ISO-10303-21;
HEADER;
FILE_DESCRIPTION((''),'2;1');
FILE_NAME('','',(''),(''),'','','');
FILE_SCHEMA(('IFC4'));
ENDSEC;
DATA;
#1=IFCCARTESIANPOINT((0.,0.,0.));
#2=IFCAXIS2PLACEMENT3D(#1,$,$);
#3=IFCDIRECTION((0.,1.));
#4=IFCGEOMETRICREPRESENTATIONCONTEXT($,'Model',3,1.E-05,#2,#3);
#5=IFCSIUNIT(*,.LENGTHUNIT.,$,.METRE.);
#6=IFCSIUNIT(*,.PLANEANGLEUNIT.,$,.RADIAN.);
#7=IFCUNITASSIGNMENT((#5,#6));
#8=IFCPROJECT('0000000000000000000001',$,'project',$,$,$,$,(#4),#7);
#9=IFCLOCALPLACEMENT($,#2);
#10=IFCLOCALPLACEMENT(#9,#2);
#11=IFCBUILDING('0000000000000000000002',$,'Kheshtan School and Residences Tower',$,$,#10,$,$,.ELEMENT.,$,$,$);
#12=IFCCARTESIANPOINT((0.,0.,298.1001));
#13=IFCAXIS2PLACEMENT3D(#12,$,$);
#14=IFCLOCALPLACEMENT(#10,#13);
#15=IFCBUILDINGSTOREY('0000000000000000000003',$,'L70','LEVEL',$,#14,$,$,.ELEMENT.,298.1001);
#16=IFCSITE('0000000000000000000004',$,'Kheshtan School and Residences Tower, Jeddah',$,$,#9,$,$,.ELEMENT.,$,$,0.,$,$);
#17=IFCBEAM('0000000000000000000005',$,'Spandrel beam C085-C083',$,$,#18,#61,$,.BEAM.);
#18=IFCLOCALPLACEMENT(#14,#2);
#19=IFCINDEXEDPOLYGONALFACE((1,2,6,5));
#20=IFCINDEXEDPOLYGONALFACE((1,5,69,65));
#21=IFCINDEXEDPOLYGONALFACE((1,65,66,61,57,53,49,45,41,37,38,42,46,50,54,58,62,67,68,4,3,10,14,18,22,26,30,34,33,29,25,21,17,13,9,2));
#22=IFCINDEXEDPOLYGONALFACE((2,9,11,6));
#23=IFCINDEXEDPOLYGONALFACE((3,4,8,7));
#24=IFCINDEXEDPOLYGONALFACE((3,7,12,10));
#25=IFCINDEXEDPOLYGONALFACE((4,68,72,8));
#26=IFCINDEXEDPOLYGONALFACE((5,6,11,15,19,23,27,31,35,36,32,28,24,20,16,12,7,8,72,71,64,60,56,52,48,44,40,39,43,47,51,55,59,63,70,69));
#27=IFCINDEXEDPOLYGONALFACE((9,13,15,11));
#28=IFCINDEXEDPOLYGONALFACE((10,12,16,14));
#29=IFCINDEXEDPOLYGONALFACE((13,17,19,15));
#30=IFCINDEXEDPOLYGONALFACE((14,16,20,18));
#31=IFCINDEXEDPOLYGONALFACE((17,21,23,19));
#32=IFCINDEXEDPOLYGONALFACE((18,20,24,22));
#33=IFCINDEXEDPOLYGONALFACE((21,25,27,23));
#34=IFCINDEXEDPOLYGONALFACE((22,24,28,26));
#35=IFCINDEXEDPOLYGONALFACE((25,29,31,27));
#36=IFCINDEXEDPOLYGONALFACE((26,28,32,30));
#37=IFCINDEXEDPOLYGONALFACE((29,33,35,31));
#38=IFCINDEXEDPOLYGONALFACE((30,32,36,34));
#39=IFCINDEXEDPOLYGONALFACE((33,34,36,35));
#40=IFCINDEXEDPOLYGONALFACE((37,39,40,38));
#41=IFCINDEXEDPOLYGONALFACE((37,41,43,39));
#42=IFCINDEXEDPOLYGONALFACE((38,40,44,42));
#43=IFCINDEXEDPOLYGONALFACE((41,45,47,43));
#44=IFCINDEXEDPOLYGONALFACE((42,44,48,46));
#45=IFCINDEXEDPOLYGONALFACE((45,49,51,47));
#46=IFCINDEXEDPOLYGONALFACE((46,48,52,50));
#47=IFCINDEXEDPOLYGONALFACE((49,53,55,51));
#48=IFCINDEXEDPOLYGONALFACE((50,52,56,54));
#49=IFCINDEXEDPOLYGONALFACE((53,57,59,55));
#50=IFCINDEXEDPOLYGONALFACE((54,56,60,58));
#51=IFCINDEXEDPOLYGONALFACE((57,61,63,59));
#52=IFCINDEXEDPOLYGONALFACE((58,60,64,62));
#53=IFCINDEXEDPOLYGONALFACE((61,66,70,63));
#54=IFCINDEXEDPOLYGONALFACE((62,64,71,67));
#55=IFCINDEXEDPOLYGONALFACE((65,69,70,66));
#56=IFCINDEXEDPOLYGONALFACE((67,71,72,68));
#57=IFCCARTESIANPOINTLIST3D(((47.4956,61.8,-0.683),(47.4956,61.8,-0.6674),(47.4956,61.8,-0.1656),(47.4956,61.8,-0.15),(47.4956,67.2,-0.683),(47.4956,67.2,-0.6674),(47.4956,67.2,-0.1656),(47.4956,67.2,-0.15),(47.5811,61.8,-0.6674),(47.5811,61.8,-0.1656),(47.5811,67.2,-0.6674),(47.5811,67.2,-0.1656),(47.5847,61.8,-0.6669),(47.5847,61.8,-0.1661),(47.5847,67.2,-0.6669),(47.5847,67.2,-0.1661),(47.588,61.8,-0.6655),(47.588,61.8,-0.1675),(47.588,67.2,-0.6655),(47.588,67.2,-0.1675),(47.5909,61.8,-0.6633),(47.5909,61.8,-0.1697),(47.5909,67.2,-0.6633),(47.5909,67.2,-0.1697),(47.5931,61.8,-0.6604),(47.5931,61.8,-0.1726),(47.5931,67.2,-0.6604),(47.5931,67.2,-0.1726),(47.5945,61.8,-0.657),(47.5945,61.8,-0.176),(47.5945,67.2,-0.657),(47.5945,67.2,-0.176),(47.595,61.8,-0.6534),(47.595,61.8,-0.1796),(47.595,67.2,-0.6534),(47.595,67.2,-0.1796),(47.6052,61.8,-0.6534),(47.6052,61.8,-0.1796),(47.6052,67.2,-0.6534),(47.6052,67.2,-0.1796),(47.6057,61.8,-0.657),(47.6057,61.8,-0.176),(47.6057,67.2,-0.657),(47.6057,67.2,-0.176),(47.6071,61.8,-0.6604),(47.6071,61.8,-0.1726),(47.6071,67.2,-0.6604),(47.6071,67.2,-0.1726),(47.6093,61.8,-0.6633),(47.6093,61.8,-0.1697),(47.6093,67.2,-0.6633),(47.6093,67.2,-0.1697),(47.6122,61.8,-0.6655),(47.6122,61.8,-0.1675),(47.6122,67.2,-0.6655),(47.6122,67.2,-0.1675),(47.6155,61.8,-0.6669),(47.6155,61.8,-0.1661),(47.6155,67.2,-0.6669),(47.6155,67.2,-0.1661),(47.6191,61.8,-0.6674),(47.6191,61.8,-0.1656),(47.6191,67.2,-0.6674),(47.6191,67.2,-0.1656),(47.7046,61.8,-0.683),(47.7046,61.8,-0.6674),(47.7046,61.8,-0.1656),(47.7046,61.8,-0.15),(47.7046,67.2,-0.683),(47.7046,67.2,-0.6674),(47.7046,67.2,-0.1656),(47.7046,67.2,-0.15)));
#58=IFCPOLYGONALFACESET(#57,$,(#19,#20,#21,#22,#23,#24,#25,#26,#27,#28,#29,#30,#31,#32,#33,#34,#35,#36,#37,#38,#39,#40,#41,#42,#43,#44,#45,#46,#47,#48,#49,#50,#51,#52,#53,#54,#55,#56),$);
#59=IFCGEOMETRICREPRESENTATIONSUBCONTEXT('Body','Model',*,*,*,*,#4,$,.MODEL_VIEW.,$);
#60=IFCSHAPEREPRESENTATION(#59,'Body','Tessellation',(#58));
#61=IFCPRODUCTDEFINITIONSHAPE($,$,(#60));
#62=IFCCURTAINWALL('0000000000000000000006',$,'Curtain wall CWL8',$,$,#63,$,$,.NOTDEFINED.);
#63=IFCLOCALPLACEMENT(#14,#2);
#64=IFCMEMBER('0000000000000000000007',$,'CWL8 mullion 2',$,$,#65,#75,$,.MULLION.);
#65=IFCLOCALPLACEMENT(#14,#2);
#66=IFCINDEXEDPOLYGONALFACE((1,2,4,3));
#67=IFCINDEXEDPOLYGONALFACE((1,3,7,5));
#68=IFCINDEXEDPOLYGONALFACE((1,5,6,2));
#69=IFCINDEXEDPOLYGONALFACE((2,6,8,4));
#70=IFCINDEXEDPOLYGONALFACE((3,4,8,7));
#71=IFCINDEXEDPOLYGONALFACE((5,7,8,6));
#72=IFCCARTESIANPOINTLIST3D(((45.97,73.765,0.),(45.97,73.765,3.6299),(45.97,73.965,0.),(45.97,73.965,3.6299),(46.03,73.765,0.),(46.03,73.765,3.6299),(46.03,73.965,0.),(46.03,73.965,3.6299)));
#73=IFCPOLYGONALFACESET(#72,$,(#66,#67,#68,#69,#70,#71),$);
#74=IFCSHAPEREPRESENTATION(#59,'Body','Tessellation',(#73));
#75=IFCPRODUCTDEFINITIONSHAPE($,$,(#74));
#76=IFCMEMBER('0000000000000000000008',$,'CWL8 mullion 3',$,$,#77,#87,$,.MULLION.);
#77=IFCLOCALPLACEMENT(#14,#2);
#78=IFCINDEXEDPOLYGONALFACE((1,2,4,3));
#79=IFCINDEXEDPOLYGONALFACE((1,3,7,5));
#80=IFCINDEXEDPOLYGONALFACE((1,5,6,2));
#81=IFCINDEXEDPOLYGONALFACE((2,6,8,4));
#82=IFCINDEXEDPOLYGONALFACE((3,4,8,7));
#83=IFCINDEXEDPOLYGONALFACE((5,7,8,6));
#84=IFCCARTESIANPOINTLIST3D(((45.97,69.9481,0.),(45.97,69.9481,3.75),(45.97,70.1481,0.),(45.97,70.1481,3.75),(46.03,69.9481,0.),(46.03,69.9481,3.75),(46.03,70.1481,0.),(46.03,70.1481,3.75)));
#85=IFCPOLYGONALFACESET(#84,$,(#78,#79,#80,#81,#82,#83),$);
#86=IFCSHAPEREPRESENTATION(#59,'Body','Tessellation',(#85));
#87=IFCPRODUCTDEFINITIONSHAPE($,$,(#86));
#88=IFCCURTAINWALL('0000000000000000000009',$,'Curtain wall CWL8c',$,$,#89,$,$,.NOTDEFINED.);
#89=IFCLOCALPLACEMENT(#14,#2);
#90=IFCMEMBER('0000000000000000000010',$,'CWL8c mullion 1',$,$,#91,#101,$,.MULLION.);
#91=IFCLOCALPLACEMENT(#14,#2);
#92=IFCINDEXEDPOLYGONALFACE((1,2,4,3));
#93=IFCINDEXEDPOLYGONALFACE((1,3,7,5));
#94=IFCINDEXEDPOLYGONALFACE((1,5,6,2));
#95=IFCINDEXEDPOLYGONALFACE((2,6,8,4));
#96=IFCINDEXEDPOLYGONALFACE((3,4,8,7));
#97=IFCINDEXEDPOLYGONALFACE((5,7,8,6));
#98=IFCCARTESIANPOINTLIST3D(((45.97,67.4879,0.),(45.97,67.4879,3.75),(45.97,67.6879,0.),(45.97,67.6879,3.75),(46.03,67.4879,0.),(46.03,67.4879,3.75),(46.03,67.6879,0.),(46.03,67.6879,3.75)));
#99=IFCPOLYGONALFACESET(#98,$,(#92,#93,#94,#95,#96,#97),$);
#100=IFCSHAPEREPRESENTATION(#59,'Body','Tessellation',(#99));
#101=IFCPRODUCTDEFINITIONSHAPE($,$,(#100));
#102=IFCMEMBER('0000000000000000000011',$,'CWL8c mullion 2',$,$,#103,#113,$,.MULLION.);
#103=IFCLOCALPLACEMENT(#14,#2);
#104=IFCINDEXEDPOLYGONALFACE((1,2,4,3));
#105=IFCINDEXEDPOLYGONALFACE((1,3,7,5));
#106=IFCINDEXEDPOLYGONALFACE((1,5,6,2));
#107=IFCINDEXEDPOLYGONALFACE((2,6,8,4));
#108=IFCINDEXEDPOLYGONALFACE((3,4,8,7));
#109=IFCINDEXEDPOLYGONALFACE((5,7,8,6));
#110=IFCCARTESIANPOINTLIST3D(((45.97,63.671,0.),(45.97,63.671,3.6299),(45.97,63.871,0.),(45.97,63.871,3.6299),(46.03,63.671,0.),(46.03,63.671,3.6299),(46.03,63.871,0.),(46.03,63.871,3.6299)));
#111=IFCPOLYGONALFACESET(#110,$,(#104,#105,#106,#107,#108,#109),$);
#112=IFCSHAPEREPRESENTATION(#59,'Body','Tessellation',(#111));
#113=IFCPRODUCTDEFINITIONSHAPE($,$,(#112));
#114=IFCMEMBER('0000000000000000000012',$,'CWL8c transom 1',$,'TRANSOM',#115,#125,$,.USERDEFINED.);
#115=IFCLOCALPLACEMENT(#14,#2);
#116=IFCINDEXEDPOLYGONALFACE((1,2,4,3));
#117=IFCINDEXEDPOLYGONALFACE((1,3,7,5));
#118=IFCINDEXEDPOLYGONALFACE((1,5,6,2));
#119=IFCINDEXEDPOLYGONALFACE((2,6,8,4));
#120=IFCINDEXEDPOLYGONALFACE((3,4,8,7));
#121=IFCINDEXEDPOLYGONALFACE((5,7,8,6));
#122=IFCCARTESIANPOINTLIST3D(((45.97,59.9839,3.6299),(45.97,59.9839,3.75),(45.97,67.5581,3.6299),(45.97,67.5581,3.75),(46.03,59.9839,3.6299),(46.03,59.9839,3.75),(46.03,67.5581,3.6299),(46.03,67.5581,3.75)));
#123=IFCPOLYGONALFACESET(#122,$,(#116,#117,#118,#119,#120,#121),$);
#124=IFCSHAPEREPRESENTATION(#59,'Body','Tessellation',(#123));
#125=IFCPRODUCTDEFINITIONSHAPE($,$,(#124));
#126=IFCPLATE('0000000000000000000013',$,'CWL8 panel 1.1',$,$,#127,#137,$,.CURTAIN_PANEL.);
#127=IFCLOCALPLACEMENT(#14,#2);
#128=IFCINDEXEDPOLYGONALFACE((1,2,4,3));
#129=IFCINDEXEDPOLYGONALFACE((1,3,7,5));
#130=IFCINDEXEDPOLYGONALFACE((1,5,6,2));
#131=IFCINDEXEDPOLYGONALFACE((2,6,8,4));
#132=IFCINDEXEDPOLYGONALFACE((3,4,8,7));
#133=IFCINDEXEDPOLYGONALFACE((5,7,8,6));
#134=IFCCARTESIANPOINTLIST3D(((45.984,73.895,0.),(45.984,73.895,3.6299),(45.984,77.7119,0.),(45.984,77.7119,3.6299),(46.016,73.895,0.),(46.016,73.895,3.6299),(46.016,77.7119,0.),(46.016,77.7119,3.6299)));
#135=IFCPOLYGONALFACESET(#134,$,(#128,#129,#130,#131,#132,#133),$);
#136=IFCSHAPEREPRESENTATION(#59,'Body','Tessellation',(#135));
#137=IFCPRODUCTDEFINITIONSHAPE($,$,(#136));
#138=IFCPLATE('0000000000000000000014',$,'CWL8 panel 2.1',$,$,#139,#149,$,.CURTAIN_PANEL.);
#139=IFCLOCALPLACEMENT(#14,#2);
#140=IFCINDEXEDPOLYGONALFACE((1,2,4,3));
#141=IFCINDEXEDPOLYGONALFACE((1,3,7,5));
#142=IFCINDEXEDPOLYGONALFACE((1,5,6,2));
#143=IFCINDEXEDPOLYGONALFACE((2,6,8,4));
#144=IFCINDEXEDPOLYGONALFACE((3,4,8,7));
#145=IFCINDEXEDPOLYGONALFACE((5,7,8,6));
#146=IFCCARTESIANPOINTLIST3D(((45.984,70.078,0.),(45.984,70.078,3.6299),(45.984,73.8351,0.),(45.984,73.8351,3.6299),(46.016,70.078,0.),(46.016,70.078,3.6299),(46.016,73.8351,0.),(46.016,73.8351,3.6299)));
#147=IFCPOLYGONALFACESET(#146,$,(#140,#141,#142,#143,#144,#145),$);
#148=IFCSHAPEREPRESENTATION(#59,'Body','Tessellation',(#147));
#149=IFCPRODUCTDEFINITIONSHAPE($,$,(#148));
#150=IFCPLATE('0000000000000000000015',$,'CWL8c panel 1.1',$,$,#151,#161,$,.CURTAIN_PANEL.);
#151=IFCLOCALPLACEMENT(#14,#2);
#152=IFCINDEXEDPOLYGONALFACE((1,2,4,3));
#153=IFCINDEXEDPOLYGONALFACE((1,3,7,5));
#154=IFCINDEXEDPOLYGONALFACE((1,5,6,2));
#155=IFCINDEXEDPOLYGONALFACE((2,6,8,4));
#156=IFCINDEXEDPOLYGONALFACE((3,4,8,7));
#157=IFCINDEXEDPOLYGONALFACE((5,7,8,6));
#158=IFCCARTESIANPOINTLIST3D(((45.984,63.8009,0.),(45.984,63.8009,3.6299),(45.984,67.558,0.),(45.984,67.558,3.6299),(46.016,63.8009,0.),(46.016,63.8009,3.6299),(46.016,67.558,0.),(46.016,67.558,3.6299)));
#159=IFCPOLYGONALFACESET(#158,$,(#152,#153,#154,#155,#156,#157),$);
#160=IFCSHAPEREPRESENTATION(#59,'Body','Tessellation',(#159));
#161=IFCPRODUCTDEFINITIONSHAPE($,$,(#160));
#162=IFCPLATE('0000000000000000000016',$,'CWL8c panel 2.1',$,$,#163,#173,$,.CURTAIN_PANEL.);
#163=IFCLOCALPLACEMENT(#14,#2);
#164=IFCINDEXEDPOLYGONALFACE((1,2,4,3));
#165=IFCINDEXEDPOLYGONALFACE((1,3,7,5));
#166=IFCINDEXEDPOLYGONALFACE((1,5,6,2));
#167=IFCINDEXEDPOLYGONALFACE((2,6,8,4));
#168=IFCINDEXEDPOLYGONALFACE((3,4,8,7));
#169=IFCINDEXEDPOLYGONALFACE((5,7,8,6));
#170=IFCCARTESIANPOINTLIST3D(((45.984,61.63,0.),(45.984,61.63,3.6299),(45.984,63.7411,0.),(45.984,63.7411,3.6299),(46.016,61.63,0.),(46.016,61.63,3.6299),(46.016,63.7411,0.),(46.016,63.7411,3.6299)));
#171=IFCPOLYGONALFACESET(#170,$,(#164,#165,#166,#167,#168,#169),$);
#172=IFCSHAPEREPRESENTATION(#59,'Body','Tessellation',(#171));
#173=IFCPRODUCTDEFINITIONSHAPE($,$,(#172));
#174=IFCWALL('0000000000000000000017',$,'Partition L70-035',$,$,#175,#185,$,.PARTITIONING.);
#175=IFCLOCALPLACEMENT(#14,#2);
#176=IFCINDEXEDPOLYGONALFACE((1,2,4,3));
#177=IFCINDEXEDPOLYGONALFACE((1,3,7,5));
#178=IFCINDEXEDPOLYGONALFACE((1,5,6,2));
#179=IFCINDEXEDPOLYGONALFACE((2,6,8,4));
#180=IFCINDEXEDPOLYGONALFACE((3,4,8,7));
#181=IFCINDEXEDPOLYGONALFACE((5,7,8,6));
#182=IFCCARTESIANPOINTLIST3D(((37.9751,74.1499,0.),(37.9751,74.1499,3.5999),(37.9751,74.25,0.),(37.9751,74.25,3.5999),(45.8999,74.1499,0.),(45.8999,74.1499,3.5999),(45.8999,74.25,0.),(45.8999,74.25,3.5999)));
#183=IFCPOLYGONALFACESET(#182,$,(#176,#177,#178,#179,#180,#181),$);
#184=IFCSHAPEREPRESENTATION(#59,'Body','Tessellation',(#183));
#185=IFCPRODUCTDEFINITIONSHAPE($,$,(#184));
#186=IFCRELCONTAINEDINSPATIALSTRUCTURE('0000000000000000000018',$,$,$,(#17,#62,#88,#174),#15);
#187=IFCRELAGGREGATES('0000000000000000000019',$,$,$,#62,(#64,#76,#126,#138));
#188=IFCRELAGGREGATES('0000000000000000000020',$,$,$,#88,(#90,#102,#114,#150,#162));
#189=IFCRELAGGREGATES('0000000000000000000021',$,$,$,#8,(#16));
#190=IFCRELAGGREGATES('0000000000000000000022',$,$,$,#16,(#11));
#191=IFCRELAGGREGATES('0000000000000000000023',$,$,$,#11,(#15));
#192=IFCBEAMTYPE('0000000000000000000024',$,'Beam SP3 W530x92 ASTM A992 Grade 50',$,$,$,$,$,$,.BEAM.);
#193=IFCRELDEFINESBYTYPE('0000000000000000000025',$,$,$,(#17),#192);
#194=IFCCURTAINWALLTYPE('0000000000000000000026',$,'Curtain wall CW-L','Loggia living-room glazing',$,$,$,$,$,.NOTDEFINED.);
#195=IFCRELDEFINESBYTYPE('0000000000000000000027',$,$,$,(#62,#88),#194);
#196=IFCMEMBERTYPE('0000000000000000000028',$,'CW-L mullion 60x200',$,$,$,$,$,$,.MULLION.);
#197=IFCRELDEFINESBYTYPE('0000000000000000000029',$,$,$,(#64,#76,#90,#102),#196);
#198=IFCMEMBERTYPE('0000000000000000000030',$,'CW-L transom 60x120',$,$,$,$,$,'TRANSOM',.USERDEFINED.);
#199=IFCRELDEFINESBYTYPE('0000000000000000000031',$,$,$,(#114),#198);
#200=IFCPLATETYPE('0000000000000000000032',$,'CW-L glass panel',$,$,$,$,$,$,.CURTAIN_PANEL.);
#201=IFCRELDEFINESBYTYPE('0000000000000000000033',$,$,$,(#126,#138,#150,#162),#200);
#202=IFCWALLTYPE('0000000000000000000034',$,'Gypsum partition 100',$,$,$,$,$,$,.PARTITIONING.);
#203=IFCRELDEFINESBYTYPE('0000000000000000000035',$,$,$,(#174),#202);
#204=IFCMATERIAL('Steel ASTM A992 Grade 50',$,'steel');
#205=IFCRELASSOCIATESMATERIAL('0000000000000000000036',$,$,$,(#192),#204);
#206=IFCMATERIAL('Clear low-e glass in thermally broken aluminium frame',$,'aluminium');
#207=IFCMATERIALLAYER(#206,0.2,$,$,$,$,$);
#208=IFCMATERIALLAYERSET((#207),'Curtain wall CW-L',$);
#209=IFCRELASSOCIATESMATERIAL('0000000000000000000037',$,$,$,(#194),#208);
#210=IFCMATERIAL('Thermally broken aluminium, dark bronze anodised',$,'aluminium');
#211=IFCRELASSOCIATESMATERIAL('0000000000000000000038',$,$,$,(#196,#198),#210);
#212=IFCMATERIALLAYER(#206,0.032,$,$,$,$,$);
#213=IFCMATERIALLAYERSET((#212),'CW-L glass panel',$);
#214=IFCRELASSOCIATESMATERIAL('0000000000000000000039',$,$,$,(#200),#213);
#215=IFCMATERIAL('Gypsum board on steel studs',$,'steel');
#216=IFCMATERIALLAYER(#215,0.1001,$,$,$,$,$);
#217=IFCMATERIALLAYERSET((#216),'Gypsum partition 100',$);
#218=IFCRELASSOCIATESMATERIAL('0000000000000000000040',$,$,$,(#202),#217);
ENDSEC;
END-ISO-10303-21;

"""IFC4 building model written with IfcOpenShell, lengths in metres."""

from ifc_helpers import new_model, si_unit, direction, frame, frame_2d, origin, origin_2d, place, context, subcontext, project, spatial, rectangle, i_section, extrude, material, layer, layer_set, material_profile, profile_set, type_object, element, aggregate, save


model = new_model("IFC4")

# Units and contexts
model_context = context("Model", 3, precision=1e-05, world=origin(), true_north=direction((0.0, 1.0)))
body_context = subcontext(model_context, "Body", "Model", "MODEL_VIEW")
ifc_project = project(units=[si_unit("LENGTHUNIT", "METRE"), si_unit("PLANEANGLEUNIT", "RADIAN")], contexts=[model_context])

# Site, building, storey
site_placement = place(None, origin())
site = spatial("IfcSite", under=ifc_project, at=site_placement, Name="Kheshtan School and Residences Tower, Jeddah", CompositionType="ELEMENT", RefElevation=0.0)
building_placement = place(site_placement, origin())
building = spatial("IfcBuilding", under=site, at=building_placement, Name="Kheshtan School and Residences Tower", CompositionType="ELEMENT")
storey_placement = place(building_placement, frame((0.0, 0.0, 298.1001)))
storey = spatial("IfcBuildingStorey", under=building, at=storey_placement, Name="L70", Description="LEVEL", CompositionType="ELEMENT", Elevation=298.1001)

# Shared definitions
ifc_material_1 = material(Name="Steel ASTM A992 Grade 50", Category="steel")

# Beam
ifc_material_profile_1 = material_profile(ifc_material_1, i_section(OverallWidth=0.209, OverallDepth=0.533, WebThickness=0.0103, FlangeThickness=0.0156, FilletRadius=0.0139, at=origin_2d()), Name="W530x92")
ifc_profile_set_1 = profile_set([ifc_material_profile_1], Name="Steel ASTM A992 Grade 50")
beam_type_1 = type_object("IfcBeamType", Name="Beam SP3 W530x92 ASTM A992 Grade 50", PredefinedType="BEAM", material=ifc_profile_set_1)
beam_1_placement = place(storey_placement, frame((47.6001, 67.2, -0.4165), z_axis=(0.0, -1.0, 0.0), x_axis=(1.0, 0.0, 0.0)))
element("IfcBeam", 1, at=beam_1_placement, inside=storey, type_object=beam_type_1, Name="Spandrel beam C085-C083", PredefinedType="BEAM", context=body_context, shape_type="SweptSolid", body=[
    extrude(i_section(OverallWidth=0.209, OverallDepth=0.533, WebThickness=0.0103, FlangeThickness=0.0156, FilletRadius=0.0139, at=origin_2d()), origin(), (0.0, 0.0, 1.0), 5.3999),
])

# Curtain walls, members
ifc_material_2 = material(Name="Clear low-e glass in thermally broken aluminium frame", Category="aluminium")
ifc_layer_1 = layer(ifc_material_2, 0.2)
ifc_layer_set_1 = layer_set([ifc_layer_1], Name="Curtain wall CW-L")
curtain_wall_type = type_object("IfcCurtainWallType", Name="Curtain wall CW-L", Description="Loggia living-room glazing", PredefinedType="NOTDEFINED", material=ifc_layer_set_1)
curtain_wall_1_placement = place(storey_placement, origin())
curtain_wall_1 = element("IfcCurtainWall", 2, at=curtain_wall_1_placement, inside=storey, type_object=curtain_wall_type, Name="Curtain wall CWL8", PredefinedType="NOTDEFINED")
ifc_material_3 = material(Name="Thermally broken aluminium, dark bronze anodised", Category="aluminium")
ifc_material_profile_2 = material_profile(ifc_material_3, rectangle(XDim=0.0601, YDim=0.2, at=origin_2d()), Name="CW-L mullion 60x200")
ifc_profile_set_2 = profile_set([ifc_material_profile_2], Name="Thermally broken aluminium, dark bronze anodised")
member_type_1 = type_object("IfcMemberType", Name="CW-L mullion 60x200", PredefinedType="MULLION", material=ifc_profile_set_2)
member_1_placement = place(storey_placement, frame((46.0, 73.865, 0.0), z_axis=(0.0, 0.0, 1.0), x_axis=(1.0, 0.0, 0.0)))
member_1 = element("IfcMember", 3, at=member_1_placement, type_object=member_type_1, Name="CWL8 mullion 2", PredefinedType="MULLION", context=body_context, shape_type="SweptSolid", body=[
    extrude(rectangle(XDim=0.0601, YDim=0.2, at=origin_2d()), origin(), (0.0, 0.0, 1.0), 3.6299),
])
member_2_placement = place(storey_placement, frame((46.0, 70.0481, 0.0), z_axis=(0.0, 0.0, 1.0), x_axis=(1.0, 0.0, 0.0)))
member_2 = element("IfcMember", 4, at=member_2_placement, type_object=member_type_1, Name="CWL8 mullion 3", PredefinedType="MULLION", context=body_context, shape_type="SweptSolid", body=[
    extrude(rectangle(XDim=0.0601, YDim=0.2, at=origin_2d()), origin(), (0.0, 0.0, 1.0), 3.75),
])
curtain_wall_2_placement = place(storey_placement, origin())
curtain_wall_2 = element("IfcCurtainWall", 5, at=curtain_wall_2_placement, inside=storey, type_object=curtain_wall_type, Name="Curtain wall CWL8c", PredefinedType="NOTDEFINED")
member_3_placement = place(storey_placement, frame((46.0, 67.5879, 0.0), z_axis=(0.0, 0.0, 1.0), x_axis=(1.0, 0.0, 0.0)))
member_3 = element("IfcMember", 6, at=member_3_placement, type_object=member_type_1, Name="CWL8c mullion 1", PredefinedType="MULLION", context=body_context, shape_type="SweptSolid", body=[
    extrude(rectangle(XDim=0.0601, YDim=0.2, at=origin_2d()), origin(), (0.0, 0.0, 1.0), 3.75),
])
member_4_placement = place(storey_placement, frame((46.0, 63.771, 0.0), z_axis=(0.0, 0.0, 1.0), x_axis=(1.0, 0.0, 0.0)))
member_4 = element("IfcMember", 7, at=member_4_placement, type_object=member_type_1, Name="CWL8c mullion 2", PredefinedType="MULLION", context=body_context, shape_type="SweptSolid", body=[
    extrude(rectangle(XDim=0.0601, YDim=0.2, at=origin_2d()), origin(), (0.0, 0.0, 1.0), 3.6299),
])
ifc_material_profile_3 = material_profile(ifc_material_3, rectangle(XDim=0.0601, YDim=0.1201, at=origin_2d()), Name="CW-L transom 60x120")
ifc_profile_set_3 = profile_set([ifc_material_profile_3], Name="Thermally broken aluminium, dark bronze anodised")
member_type_2 = type_object("IfcMemberType", Name="CW-L transom 60x120", ElementType="TRANSOM", PredefinedType="USERDEFINED", material=ifc_profile_set_3)
member_5_placement = place(storey_placement, frame((46.0, 67.5581, 3.6899), z_axis=(0.0, -1.0, 0.0), x_axis=(1.0, 0.0, 0.0)))
member_5 = element("IfcMember", 8, at=member_5_placement, type_object=member_type_2, Name="CWL8c transom 1", ObjectType="TRANSOM", PredefinedType="USERDEFINED", context=body_context, shape_type="SweptSolid", body=[
    extrude(rectangle(XDim=0.0601, YDim=0.1201, at=origin_2d()), origin(), (0.0, 0.0, 1.0), 7.5742),
])

# Plates
ifc_layer_2 = layer(ifc_material_2, 0.032)
ifc_layer_set_2 = layer_set([ifc_layer_2], Name="CW-L glass panel")
plate_type = type_object("IfcPlateType", Name="CW-L glass panel", PredefinedType="CURTAIN_PANEL", material=ifc_layer_set_2)
plate_1_placement = place(storey_placement, frame((46.0, 75.8035, 0.0), z_axis=(0.0, 0.0, 1.0), x_axis=(0.0, -1.0, 0.0)))
plate_1 = element("IfcPlate", 9, at=plate_1_placement, type_object=plate_type, Name="CWL8 panel 1.1", PredefinedType="CURTAIN_PANEL", context=body_context, shape_type="SweptSolid", body=[
    extrude(rectangle(XDim=3.8169, YDim=0.032, at=origin_2d()), origin(), (0.0, 0.0, 1.0), 3.6299),
])
plate_2_placement = place(storey_placement, frame((46.0, 71.9565, 0.0), z_axis=(0.0, 0.0, 1.0), x_axis=(0.0, -1.0, 0.0)))
plate_2 = element("IfcPlate", 10, at=plate_2_placement, type_object=plate_type, Name="CWL8 panel 2.1", PredefinedType="CURTAIN_PANEL", context=body_context, shape_type="SweptSolid", body=[
    extrude(rectangle(XDim=3.7571, YDim=0.032, at=origin_2d()), origin(), (0.0, 0.0, 1.0), 3.6299),
])
aggregate(curtain_wall_1, [member_1, member_2, plate_1, plate_2])
plate_3_placement = place(storey_placement, frame((46.0, 65.6794, 0.0), z_axis=(0.0, 0.0, 1.0), x_axis=(0.0, -1.0, 0.0)))
plate_3 = element("IfcPlate", 11, at=plate_3_placement, type_object=plate_type, Name="CWL8c panel 1.1", PredefinedType="CURTAIN_PANEL", context=body_context, shape_type="SweptSolid", body=[
    extrude(rectangle(XDim=3.7571, YDim=0.032, at=origin_2d()), origin(), (0.0, 0.0, 1.0), 3.6299),
])
plate_4_placement = place(storey_placement, frame((46.0, 62.6855, 0.0), z_axis=(0.0, 0.0, 1.0), x_axis=(0.0, -1.0, 0.0)))
plate_4 = element("IfcPlate", 12, at=plate_4_placement, type_object=plate_type, Name="CWL8c panel 2.1", PredefinedType="CURTAIN_PANEL", context=body_context, shape_type="SweptSolid", body=[
    extrude(rectangle(XDim=2.1111, YDim=0.032, at=origin_2d()), origin(), (0.0, 0.0, 1.0), 3.6299),
])
aggregate(curtain_wall_2, [member_3, member_4, member_5, plate_3, plate_4])

# Wall
ifc_material_4 = material(Name="Gypsum board on steel studs", Category="steel")
ifc_layer_3 = layer(ifc_material_4, 0.1001)
ifc_layer_set_3 = layer_set([ifc_layer_3], Name="Gypsum partition 100")
wall_type_1 = type_object("IfcWallType", Name="Gypsum partition 100", PredefinedType="PARTITIONING", material=ifc_layer_set_3)
wall_1_placement = place(storey_placement, frame((37.9751, 74.2, 0.0), z_axis=(0.0, 0.0, 1.0), x_axis=(1.0, 0.0, 0.0)))
element("IfcWall", 13, at=wall_1_placement, inside=storey, type_object=wall_type_1, Name="Partition L70-035", PredefinedType="PARTITIONING", context=body_context, shape_type="SweptSolid", body=[
    extrude(rectangle(XDim=7.9248, YDim=0.1001, at=frame_2d((3.9624, 0.0))), origin(), (0.0, 0.0, 1.0), 3.5999),
])

save(model, "model.ifc")
